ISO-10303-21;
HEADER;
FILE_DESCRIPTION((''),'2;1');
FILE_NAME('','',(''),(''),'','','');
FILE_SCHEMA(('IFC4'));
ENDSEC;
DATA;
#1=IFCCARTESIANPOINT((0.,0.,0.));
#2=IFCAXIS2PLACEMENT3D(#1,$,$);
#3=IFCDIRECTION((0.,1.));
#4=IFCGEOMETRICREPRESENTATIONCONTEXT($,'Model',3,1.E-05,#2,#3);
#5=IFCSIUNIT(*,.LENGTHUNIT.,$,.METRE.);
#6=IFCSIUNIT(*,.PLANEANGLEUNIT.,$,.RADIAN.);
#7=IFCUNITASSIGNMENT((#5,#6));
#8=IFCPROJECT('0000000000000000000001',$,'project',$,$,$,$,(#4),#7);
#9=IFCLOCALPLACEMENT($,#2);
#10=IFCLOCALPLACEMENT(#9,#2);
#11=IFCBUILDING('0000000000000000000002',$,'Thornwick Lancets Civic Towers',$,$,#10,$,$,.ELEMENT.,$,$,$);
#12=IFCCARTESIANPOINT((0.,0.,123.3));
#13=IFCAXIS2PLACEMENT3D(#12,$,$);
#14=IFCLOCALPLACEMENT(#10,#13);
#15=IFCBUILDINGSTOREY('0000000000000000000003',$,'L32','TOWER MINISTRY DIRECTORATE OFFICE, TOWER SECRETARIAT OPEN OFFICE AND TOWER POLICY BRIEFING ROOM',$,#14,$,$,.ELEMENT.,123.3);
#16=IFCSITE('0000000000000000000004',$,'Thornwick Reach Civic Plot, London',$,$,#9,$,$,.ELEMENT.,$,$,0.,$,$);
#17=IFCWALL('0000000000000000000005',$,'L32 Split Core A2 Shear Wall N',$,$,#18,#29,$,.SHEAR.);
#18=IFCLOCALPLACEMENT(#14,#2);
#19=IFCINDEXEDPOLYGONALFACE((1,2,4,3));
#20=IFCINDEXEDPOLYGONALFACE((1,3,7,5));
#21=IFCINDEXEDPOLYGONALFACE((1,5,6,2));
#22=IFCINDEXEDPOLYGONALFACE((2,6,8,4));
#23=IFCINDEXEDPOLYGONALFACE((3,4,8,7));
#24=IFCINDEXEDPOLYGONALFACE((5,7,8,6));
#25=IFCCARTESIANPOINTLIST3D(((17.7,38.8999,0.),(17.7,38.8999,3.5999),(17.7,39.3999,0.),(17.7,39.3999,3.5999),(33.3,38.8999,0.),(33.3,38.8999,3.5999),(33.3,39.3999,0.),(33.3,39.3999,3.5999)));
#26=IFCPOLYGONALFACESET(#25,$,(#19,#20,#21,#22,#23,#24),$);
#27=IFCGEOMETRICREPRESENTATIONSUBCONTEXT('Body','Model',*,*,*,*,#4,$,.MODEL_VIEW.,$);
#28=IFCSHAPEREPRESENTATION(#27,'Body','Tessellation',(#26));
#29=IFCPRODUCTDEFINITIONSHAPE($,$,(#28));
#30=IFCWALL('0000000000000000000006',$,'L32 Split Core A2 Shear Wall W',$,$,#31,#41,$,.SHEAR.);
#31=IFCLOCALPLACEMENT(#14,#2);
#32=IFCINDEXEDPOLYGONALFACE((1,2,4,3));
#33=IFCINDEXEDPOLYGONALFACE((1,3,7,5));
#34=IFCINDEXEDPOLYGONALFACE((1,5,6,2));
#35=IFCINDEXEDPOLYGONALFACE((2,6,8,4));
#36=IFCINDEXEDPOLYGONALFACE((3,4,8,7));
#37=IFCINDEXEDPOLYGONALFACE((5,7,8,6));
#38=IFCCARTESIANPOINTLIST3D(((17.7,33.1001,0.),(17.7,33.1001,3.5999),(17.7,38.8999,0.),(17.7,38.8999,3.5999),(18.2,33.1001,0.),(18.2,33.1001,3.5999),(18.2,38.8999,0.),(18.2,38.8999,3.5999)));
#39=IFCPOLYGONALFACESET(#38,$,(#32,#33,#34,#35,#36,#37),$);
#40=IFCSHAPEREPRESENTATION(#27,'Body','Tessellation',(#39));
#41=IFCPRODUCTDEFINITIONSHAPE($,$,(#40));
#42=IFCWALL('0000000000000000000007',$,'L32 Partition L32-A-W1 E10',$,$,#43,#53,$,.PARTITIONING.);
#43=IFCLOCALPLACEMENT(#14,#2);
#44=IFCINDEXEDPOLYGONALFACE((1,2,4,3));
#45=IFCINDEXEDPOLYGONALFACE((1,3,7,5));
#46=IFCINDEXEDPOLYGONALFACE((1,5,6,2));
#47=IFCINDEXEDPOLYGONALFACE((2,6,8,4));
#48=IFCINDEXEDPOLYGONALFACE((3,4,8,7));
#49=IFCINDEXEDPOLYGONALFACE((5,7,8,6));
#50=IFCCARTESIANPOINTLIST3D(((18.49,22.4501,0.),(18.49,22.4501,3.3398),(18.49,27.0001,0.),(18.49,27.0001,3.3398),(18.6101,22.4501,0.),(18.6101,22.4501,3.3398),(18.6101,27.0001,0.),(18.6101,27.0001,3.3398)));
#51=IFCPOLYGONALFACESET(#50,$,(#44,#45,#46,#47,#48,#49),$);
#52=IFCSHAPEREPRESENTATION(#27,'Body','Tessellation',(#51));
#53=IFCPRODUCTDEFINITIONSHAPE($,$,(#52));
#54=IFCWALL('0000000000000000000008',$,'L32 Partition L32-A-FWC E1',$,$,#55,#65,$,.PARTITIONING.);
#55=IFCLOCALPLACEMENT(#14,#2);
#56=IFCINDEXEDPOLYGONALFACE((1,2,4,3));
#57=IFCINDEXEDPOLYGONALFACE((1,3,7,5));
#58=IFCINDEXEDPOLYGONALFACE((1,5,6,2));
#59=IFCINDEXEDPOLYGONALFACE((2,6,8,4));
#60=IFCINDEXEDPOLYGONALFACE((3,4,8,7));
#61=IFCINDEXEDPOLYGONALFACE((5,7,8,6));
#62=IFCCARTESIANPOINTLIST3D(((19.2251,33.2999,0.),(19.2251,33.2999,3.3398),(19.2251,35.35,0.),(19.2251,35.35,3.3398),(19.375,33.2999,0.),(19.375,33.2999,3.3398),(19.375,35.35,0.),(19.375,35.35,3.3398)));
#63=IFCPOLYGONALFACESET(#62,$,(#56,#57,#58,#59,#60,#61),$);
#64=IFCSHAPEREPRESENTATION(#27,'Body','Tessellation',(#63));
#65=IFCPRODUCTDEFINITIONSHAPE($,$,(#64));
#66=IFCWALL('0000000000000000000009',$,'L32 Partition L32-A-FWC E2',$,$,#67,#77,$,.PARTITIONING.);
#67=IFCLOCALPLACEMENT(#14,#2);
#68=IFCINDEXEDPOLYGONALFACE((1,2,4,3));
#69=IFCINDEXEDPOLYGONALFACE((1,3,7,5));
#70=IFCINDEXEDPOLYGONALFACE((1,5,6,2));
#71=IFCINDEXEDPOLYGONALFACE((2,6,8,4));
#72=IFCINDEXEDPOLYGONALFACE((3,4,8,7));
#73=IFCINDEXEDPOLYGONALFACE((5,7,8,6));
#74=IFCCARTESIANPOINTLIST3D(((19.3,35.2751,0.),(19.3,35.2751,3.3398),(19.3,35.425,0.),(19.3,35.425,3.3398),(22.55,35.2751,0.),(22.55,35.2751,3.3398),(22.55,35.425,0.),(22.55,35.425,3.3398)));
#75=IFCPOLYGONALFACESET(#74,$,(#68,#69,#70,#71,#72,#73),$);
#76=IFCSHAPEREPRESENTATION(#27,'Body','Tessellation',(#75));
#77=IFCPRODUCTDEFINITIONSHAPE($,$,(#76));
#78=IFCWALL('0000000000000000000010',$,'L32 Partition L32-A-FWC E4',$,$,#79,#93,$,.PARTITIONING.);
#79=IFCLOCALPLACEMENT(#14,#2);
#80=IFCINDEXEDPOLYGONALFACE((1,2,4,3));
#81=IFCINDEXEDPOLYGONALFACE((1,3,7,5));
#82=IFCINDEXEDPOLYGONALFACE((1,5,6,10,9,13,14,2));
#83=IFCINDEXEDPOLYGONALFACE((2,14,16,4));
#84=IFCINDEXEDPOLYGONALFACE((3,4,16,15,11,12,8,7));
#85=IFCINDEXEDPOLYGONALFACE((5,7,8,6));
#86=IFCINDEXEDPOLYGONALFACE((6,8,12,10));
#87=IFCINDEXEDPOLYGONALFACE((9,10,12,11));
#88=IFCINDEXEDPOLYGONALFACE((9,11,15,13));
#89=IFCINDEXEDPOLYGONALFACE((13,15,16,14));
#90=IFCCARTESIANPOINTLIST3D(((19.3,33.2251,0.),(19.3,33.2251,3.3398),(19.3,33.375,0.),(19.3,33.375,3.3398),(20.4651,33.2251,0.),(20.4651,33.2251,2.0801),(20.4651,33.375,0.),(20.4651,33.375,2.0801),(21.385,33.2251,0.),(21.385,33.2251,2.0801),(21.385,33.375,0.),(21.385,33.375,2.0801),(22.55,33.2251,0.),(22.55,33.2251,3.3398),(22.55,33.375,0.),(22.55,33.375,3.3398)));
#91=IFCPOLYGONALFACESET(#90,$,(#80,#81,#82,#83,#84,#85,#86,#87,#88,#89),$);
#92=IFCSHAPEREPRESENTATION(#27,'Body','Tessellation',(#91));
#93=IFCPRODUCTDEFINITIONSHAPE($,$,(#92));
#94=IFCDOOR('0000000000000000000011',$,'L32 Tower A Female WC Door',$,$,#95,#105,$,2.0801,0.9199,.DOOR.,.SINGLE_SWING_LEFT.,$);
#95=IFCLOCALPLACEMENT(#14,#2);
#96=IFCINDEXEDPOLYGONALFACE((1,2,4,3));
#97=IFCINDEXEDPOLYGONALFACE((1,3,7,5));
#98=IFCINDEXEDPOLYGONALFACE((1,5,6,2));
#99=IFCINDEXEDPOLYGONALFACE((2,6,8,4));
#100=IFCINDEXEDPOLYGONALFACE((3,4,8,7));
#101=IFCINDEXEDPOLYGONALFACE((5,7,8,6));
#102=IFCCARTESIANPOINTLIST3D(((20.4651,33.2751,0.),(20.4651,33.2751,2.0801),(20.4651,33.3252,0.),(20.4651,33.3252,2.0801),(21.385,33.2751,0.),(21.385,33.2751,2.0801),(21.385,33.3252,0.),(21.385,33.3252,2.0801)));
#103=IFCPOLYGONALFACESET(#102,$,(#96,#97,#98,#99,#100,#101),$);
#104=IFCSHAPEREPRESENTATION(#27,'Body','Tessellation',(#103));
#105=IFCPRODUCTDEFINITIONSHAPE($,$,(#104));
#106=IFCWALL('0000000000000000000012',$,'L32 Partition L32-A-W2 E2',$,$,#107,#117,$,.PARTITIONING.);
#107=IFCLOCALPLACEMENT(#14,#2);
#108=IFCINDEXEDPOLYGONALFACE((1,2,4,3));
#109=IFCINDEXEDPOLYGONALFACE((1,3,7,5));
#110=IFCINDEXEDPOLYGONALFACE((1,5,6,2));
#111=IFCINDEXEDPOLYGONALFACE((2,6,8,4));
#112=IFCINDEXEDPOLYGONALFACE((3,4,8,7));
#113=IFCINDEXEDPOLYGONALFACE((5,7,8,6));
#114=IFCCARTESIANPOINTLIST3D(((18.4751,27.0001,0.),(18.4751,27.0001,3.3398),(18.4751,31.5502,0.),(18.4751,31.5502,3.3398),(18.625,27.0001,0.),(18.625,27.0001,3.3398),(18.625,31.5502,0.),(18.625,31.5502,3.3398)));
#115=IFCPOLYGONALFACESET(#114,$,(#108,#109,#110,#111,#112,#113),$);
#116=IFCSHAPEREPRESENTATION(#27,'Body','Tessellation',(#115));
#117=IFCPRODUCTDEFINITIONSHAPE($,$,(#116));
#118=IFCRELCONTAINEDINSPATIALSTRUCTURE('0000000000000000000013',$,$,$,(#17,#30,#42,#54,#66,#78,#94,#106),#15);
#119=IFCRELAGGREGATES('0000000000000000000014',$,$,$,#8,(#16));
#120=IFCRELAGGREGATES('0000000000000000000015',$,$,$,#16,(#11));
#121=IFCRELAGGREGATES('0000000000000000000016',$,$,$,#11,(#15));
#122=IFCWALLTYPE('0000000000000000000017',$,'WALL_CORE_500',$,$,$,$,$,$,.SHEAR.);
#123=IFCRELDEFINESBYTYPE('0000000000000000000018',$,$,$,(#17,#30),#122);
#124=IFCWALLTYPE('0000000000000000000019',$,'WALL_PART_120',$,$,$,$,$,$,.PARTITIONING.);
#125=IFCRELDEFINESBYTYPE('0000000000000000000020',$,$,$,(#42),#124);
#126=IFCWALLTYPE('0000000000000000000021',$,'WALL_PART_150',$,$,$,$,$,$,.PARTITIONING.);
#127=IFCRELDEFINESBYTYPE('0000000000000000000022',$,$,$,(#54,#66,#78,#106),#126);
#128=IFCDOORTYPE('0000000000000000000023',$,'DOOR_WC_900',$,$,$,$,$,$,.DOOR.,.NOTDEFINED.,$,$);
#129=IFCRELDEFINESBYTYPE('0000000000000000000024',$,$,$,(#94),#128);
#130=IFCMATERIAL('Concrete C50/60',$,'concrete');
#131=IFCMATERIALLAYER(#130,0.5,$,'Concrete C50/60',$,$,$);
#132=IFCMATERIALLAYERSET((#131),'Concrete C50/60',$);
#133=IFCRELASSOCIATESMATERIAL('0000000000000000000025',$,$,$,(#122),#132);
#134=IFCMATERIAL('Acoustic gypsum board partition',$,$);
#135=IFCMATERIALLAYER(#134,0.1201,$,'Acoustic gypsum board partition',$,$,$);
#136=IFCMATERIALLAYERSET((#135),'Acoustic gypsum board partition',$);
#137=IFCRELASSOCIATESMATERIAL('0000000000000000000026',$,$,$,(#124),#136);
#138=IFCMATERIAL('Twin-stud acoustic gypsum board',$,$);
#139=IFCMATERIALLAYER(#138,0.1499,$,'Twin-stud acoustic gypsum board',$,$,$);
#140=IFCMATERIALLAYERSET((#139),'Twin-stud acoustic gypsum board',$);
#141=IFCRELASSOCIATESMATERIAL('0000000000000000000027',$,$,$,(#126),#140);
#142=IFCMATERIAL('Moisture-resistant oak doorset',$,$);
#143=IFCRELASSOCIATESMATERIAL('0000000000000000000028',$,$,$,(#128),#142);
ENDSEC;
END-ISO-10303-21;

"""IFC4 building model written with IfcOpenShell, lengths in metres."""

from ifc_helpers import new_model, si_unit, direction, frame, frame_2d, origin, place, context, subcontext, project, spatial, rectangle, extrude, material, layer, layer_set, type_object, element, fill, save


model = new_model("IFC4")

# Units and contexts
model_context = context("Model", 3, precision=1e-05, world=origin(), true_north=direction((0.0, 1.0)))
body_context = subcontext(model_context, "Body", "Model", "MODEL_VIEW")
ifc_project = project(units=[si_unit("LENGTHUNIT", "METRE"), si_unit("PLANEANGLEUNIT", "RADIAN")], contexts=[model_context])

# Site, building, storey
site_placement = place(None, origin())
site = spatial("IfcSite", under=ifc_project, at=site_placement, Name="Thornwick Reach Civic Plot, London", CompositionType="ELEMENT", RefElevation=0.0)
building_placement = place(site_placement, origin())
building = spatial("IfcBuilding", under=site, at=building_placement, Name="Thornwick Lancets Civic Towers", CompositionType="ELEMENT")
storey_placement = place(building_placement, frame((0.0, 0.0, 123.3)))
storey = spatial("IfcBuildingStorey", under=building, at=storey_placement, Name="L32", Description="TOWER MINISTRY DIRECTORATE OFFICE, TOWER SECRETARIAT OPEN OFFICE AND TOWER POLICY BRIEFING ROOM", CompositionType="ELEMENT", Elevation=123.3)

# Walls
ifc_material_1 = material(Name="Concrete C50/60", Category="concrete")
ifc_layer_1 = layer(ifc_material_1, 0.5, Name="Concrete C50/60")
ifc_layer_set_1 = layer_set([ifc_layer_1], Name="Concrete C50/60")
wall_type_1 = type_object("IfcWallType", Name="WALL_CORE_500", PredefinedType="SHEAR", material=ifc_layer_set_1)
wall_1_placement = place(storey_placement, frame((17.7, 39.1499, 0.0), z_axis=(0.0, 0.0, 1.0), x_axis=(1.0, 0.0, 0.0)))
element("IfcWall", 1, at=wall_1_placement, inside=storey, type_object=wall_type_1, Name="L32 Split Core A2 Shear Wall N", PredefinedType="SHEAR", context=body_context, shape_type="SweptSolid", body=[
    extrude(rectangle(XDim=15.6001, YDim=0.5, at=frame_2d((7.8, 0.0))), origin(), (0.0, 0.0, 1.0), 3.5999),
])
wall_2_placement = place(storey_placement, frame((17.95, 33.1001, 0.0), z_axis=(0.0, 0.0, 1.0), x_axis=(0.0, 1.0, 0.0)))
element("IfcWall", 2, at=wall_2_placement, inside=storey, type_object=wall_type_1, Name="L32 Split Core A2 Shear Wall W", PredefinedType="SHEAR", context=body_context, shape_type="SweptSolid", body=[
    extrude(rectangle(XDim=5.7998, YDim=0.5, at=frame_2d((2.8999, 0.0))), origin(), (0.0, 0.0, 1.0), 3.5999),
])
ifc_material_2 = material(Name="Acoustic gypsum board partition")
ifc_layer_2 = layer(ifc_material_2, 0.1201, Name="Acoustic gypsum board partition")
ifc_layer_set_2 = layer_set([ifc_layer_2], Name="Acoustic gypsum board partition")
wall_type_2 = type_object("IfcWallType", Name="WALL_PART_120", PredefinedType="PARTITIONING", material=ifc_layer_set_2)
wall_3_placement = place(storey_placement, frame((18.55, 27.0, 0.0), z_axis=(0.0, 0.0, 1.0), x_axis=(0.0, -1.0, 0.0)))
element("IfcWall", 3, at=wall_3_placement, inside=storey, type_object=wall_type_2, Name="L32 Partition L32-A-W1 E10", PredefinedType="PARTITIONING", context=body_context, shape_type="SweptSolid", body=[
    extrude(rectangle(XDim=4.55, YDim=0.1201, at=frame_2d((2.2749, 0.0))), origin(), (0.0, 0.0, 1.0), 3.3398),
])
ifc_material_3 = material(Name="Twin-stud acoustic gypsum board")
ifc_layer_3 = layer(ifc_material_3, 0.1499, Name="Twin-stud acoustic gypsum board")
ifc_layer_set_3 = layer_set([ifc_layer_3], Name="Twin-stud acoustic gypsum board")
wall_type_3 = type_object("IfcWallType", Name="WALL_PART_150", PredefinedType="PARTITIONING", material=ifc_layer_set_3)
wall_4_placement = place(storey_placement, frame((19.3, 33.3, 0.0), z_axis=(0.0, 0.0, 1.0), x_axis=(0.0, 1.0, 0.0)))
element("IfcWall", 4, at=wall_4_placement, inside=storey, type_object=wall_type_3, Name="L32 Partition L32-A-FWC E1", PredefinedType="PARTITIONING", context=body_context, shape_type="SweptSolid", body=[
    extrude(rectangle(XDim=2.05, YDim=0.1499, at=frame_2d((1.0249, 0.0))), origin(), (0.0, 0.0, 1.0), 3.3398),
])
wall_5_placement = place(storey_placement, frame((19.3, 35.3501, 0.0), z_axis=(0.0, 0.0, 1.0), x_axis=(1.0, 0.0, 0.0)))
element("IfcWall", 5, at=wall_5_placement, inside=storey, type_object=wall_type_3, Name="L32 Partition L32-A-FWC E2", PredefinedType="PARTITIONING", context=body_context, shape_type="SweptSolid", body=[
    extrude(rectangle(XDim=3.25, YDim=0.1499, at=frame_2d((1.625, 0.0))), origin(), (0.0, 0.0, 1.0), 3.3398),
])

# Wall, opening, door
wall_6_placement = place(storey_placement, frame((22.55, 33.3, 0.0), z_axis=(0.0, 0.0, 1.0), x_axis=(-1.0, 0.0, 0.0)))
wall_6 = element("IfcWall", 6, at=wall_6_placement, inside=storey, type_object=wall_type_3, Name="L32 Partition L32-A-FWC E4", PredefinedType="PARTITIONING", context=body_context, shape_type="SweptSolid", body=[
    extrude(rectangle(XDim=3.25, YDim=0.1499, at=frame_2d((1.625, 0.0))), origin(), (0.0, 0.0, 1.0), 3.3398),
])
opening_1_placement = place(wall_6_placement, frame((1.165, 0.0, 0.0)))
opening_1 = element("IfcOpeningElement", 7, at=opening_1_placement, cuts=wall_6, PredefinedType="OPENING", context=body_context, shape_type="SweptSolid", body=[
    extrude(rectangle(XDim=0.9199, YDim=2.0801, at=frame_2d((0.46, 1.04))), frame((0.0, 0.085, 0.0), z_axis=(0.0, -1.0, 0.0), x_axis=(1.0, 0.0, 0.0)), (0.0, 0.0, 1.0), 0.1699),
])
ifc_material_4 = material(Name="Moisture-resistant oak doorset")
door_type_1 = type_object("IfcDoorType", Name="DOOR_WC_900", OperationType="NOTDEFINED", PredefinedType="DOOR", material=ifc_material_4)
door_1_placement = place(opening_1_placement, origin())
door_1 = element("IfcDoor", 8, at=door_1_placement, inside=storey, type_object=door_type_1, Name="L32 Tower A Female WC Door", OperationType="SINGLE_SWING_LEFT", OverallHeight=2.0801, OverallWidth=0.9199, PredefinedType="DOOR", context=body_context, shape_type="SweptSolid", body=[
    extrude(rectangle(XDim=0.9199, YDim=2.0801, at=frame_2d((0.46, 1.04))), frame((0.0, 0.0249, 0.0), z_axis=(0.0, -1.0, 0.0), x_axis=(1.0, 0.0, 0.0)), (0.0, 0.0, 1.0), 0.05),
])
fill(opening_1, door_1)

# Wall
wall_7_placement = place(storey_placement, frame((18.55, 31.55, 0.0), z_axis=(0.0, 0.0, 1.0), x_axis=(0.0, -1.0, 0.0)))
element("IfcWall", 9, at=wall_7_placement, inside=storey, type_object=wall_type_3, Name="L32 Partition L32-A-W2 E2", PredefinedType="PARTITIONING", context=body_context, shape_type="SweptSolid", body=[
    extrude(rectangle(XDim=4.55, YDim=0.1499, at=frame_2d((2.2749, 0.0))), origin(), (0.0, 0.0, 1.0), 3.3398),
])

save(model, "model.ifc")
